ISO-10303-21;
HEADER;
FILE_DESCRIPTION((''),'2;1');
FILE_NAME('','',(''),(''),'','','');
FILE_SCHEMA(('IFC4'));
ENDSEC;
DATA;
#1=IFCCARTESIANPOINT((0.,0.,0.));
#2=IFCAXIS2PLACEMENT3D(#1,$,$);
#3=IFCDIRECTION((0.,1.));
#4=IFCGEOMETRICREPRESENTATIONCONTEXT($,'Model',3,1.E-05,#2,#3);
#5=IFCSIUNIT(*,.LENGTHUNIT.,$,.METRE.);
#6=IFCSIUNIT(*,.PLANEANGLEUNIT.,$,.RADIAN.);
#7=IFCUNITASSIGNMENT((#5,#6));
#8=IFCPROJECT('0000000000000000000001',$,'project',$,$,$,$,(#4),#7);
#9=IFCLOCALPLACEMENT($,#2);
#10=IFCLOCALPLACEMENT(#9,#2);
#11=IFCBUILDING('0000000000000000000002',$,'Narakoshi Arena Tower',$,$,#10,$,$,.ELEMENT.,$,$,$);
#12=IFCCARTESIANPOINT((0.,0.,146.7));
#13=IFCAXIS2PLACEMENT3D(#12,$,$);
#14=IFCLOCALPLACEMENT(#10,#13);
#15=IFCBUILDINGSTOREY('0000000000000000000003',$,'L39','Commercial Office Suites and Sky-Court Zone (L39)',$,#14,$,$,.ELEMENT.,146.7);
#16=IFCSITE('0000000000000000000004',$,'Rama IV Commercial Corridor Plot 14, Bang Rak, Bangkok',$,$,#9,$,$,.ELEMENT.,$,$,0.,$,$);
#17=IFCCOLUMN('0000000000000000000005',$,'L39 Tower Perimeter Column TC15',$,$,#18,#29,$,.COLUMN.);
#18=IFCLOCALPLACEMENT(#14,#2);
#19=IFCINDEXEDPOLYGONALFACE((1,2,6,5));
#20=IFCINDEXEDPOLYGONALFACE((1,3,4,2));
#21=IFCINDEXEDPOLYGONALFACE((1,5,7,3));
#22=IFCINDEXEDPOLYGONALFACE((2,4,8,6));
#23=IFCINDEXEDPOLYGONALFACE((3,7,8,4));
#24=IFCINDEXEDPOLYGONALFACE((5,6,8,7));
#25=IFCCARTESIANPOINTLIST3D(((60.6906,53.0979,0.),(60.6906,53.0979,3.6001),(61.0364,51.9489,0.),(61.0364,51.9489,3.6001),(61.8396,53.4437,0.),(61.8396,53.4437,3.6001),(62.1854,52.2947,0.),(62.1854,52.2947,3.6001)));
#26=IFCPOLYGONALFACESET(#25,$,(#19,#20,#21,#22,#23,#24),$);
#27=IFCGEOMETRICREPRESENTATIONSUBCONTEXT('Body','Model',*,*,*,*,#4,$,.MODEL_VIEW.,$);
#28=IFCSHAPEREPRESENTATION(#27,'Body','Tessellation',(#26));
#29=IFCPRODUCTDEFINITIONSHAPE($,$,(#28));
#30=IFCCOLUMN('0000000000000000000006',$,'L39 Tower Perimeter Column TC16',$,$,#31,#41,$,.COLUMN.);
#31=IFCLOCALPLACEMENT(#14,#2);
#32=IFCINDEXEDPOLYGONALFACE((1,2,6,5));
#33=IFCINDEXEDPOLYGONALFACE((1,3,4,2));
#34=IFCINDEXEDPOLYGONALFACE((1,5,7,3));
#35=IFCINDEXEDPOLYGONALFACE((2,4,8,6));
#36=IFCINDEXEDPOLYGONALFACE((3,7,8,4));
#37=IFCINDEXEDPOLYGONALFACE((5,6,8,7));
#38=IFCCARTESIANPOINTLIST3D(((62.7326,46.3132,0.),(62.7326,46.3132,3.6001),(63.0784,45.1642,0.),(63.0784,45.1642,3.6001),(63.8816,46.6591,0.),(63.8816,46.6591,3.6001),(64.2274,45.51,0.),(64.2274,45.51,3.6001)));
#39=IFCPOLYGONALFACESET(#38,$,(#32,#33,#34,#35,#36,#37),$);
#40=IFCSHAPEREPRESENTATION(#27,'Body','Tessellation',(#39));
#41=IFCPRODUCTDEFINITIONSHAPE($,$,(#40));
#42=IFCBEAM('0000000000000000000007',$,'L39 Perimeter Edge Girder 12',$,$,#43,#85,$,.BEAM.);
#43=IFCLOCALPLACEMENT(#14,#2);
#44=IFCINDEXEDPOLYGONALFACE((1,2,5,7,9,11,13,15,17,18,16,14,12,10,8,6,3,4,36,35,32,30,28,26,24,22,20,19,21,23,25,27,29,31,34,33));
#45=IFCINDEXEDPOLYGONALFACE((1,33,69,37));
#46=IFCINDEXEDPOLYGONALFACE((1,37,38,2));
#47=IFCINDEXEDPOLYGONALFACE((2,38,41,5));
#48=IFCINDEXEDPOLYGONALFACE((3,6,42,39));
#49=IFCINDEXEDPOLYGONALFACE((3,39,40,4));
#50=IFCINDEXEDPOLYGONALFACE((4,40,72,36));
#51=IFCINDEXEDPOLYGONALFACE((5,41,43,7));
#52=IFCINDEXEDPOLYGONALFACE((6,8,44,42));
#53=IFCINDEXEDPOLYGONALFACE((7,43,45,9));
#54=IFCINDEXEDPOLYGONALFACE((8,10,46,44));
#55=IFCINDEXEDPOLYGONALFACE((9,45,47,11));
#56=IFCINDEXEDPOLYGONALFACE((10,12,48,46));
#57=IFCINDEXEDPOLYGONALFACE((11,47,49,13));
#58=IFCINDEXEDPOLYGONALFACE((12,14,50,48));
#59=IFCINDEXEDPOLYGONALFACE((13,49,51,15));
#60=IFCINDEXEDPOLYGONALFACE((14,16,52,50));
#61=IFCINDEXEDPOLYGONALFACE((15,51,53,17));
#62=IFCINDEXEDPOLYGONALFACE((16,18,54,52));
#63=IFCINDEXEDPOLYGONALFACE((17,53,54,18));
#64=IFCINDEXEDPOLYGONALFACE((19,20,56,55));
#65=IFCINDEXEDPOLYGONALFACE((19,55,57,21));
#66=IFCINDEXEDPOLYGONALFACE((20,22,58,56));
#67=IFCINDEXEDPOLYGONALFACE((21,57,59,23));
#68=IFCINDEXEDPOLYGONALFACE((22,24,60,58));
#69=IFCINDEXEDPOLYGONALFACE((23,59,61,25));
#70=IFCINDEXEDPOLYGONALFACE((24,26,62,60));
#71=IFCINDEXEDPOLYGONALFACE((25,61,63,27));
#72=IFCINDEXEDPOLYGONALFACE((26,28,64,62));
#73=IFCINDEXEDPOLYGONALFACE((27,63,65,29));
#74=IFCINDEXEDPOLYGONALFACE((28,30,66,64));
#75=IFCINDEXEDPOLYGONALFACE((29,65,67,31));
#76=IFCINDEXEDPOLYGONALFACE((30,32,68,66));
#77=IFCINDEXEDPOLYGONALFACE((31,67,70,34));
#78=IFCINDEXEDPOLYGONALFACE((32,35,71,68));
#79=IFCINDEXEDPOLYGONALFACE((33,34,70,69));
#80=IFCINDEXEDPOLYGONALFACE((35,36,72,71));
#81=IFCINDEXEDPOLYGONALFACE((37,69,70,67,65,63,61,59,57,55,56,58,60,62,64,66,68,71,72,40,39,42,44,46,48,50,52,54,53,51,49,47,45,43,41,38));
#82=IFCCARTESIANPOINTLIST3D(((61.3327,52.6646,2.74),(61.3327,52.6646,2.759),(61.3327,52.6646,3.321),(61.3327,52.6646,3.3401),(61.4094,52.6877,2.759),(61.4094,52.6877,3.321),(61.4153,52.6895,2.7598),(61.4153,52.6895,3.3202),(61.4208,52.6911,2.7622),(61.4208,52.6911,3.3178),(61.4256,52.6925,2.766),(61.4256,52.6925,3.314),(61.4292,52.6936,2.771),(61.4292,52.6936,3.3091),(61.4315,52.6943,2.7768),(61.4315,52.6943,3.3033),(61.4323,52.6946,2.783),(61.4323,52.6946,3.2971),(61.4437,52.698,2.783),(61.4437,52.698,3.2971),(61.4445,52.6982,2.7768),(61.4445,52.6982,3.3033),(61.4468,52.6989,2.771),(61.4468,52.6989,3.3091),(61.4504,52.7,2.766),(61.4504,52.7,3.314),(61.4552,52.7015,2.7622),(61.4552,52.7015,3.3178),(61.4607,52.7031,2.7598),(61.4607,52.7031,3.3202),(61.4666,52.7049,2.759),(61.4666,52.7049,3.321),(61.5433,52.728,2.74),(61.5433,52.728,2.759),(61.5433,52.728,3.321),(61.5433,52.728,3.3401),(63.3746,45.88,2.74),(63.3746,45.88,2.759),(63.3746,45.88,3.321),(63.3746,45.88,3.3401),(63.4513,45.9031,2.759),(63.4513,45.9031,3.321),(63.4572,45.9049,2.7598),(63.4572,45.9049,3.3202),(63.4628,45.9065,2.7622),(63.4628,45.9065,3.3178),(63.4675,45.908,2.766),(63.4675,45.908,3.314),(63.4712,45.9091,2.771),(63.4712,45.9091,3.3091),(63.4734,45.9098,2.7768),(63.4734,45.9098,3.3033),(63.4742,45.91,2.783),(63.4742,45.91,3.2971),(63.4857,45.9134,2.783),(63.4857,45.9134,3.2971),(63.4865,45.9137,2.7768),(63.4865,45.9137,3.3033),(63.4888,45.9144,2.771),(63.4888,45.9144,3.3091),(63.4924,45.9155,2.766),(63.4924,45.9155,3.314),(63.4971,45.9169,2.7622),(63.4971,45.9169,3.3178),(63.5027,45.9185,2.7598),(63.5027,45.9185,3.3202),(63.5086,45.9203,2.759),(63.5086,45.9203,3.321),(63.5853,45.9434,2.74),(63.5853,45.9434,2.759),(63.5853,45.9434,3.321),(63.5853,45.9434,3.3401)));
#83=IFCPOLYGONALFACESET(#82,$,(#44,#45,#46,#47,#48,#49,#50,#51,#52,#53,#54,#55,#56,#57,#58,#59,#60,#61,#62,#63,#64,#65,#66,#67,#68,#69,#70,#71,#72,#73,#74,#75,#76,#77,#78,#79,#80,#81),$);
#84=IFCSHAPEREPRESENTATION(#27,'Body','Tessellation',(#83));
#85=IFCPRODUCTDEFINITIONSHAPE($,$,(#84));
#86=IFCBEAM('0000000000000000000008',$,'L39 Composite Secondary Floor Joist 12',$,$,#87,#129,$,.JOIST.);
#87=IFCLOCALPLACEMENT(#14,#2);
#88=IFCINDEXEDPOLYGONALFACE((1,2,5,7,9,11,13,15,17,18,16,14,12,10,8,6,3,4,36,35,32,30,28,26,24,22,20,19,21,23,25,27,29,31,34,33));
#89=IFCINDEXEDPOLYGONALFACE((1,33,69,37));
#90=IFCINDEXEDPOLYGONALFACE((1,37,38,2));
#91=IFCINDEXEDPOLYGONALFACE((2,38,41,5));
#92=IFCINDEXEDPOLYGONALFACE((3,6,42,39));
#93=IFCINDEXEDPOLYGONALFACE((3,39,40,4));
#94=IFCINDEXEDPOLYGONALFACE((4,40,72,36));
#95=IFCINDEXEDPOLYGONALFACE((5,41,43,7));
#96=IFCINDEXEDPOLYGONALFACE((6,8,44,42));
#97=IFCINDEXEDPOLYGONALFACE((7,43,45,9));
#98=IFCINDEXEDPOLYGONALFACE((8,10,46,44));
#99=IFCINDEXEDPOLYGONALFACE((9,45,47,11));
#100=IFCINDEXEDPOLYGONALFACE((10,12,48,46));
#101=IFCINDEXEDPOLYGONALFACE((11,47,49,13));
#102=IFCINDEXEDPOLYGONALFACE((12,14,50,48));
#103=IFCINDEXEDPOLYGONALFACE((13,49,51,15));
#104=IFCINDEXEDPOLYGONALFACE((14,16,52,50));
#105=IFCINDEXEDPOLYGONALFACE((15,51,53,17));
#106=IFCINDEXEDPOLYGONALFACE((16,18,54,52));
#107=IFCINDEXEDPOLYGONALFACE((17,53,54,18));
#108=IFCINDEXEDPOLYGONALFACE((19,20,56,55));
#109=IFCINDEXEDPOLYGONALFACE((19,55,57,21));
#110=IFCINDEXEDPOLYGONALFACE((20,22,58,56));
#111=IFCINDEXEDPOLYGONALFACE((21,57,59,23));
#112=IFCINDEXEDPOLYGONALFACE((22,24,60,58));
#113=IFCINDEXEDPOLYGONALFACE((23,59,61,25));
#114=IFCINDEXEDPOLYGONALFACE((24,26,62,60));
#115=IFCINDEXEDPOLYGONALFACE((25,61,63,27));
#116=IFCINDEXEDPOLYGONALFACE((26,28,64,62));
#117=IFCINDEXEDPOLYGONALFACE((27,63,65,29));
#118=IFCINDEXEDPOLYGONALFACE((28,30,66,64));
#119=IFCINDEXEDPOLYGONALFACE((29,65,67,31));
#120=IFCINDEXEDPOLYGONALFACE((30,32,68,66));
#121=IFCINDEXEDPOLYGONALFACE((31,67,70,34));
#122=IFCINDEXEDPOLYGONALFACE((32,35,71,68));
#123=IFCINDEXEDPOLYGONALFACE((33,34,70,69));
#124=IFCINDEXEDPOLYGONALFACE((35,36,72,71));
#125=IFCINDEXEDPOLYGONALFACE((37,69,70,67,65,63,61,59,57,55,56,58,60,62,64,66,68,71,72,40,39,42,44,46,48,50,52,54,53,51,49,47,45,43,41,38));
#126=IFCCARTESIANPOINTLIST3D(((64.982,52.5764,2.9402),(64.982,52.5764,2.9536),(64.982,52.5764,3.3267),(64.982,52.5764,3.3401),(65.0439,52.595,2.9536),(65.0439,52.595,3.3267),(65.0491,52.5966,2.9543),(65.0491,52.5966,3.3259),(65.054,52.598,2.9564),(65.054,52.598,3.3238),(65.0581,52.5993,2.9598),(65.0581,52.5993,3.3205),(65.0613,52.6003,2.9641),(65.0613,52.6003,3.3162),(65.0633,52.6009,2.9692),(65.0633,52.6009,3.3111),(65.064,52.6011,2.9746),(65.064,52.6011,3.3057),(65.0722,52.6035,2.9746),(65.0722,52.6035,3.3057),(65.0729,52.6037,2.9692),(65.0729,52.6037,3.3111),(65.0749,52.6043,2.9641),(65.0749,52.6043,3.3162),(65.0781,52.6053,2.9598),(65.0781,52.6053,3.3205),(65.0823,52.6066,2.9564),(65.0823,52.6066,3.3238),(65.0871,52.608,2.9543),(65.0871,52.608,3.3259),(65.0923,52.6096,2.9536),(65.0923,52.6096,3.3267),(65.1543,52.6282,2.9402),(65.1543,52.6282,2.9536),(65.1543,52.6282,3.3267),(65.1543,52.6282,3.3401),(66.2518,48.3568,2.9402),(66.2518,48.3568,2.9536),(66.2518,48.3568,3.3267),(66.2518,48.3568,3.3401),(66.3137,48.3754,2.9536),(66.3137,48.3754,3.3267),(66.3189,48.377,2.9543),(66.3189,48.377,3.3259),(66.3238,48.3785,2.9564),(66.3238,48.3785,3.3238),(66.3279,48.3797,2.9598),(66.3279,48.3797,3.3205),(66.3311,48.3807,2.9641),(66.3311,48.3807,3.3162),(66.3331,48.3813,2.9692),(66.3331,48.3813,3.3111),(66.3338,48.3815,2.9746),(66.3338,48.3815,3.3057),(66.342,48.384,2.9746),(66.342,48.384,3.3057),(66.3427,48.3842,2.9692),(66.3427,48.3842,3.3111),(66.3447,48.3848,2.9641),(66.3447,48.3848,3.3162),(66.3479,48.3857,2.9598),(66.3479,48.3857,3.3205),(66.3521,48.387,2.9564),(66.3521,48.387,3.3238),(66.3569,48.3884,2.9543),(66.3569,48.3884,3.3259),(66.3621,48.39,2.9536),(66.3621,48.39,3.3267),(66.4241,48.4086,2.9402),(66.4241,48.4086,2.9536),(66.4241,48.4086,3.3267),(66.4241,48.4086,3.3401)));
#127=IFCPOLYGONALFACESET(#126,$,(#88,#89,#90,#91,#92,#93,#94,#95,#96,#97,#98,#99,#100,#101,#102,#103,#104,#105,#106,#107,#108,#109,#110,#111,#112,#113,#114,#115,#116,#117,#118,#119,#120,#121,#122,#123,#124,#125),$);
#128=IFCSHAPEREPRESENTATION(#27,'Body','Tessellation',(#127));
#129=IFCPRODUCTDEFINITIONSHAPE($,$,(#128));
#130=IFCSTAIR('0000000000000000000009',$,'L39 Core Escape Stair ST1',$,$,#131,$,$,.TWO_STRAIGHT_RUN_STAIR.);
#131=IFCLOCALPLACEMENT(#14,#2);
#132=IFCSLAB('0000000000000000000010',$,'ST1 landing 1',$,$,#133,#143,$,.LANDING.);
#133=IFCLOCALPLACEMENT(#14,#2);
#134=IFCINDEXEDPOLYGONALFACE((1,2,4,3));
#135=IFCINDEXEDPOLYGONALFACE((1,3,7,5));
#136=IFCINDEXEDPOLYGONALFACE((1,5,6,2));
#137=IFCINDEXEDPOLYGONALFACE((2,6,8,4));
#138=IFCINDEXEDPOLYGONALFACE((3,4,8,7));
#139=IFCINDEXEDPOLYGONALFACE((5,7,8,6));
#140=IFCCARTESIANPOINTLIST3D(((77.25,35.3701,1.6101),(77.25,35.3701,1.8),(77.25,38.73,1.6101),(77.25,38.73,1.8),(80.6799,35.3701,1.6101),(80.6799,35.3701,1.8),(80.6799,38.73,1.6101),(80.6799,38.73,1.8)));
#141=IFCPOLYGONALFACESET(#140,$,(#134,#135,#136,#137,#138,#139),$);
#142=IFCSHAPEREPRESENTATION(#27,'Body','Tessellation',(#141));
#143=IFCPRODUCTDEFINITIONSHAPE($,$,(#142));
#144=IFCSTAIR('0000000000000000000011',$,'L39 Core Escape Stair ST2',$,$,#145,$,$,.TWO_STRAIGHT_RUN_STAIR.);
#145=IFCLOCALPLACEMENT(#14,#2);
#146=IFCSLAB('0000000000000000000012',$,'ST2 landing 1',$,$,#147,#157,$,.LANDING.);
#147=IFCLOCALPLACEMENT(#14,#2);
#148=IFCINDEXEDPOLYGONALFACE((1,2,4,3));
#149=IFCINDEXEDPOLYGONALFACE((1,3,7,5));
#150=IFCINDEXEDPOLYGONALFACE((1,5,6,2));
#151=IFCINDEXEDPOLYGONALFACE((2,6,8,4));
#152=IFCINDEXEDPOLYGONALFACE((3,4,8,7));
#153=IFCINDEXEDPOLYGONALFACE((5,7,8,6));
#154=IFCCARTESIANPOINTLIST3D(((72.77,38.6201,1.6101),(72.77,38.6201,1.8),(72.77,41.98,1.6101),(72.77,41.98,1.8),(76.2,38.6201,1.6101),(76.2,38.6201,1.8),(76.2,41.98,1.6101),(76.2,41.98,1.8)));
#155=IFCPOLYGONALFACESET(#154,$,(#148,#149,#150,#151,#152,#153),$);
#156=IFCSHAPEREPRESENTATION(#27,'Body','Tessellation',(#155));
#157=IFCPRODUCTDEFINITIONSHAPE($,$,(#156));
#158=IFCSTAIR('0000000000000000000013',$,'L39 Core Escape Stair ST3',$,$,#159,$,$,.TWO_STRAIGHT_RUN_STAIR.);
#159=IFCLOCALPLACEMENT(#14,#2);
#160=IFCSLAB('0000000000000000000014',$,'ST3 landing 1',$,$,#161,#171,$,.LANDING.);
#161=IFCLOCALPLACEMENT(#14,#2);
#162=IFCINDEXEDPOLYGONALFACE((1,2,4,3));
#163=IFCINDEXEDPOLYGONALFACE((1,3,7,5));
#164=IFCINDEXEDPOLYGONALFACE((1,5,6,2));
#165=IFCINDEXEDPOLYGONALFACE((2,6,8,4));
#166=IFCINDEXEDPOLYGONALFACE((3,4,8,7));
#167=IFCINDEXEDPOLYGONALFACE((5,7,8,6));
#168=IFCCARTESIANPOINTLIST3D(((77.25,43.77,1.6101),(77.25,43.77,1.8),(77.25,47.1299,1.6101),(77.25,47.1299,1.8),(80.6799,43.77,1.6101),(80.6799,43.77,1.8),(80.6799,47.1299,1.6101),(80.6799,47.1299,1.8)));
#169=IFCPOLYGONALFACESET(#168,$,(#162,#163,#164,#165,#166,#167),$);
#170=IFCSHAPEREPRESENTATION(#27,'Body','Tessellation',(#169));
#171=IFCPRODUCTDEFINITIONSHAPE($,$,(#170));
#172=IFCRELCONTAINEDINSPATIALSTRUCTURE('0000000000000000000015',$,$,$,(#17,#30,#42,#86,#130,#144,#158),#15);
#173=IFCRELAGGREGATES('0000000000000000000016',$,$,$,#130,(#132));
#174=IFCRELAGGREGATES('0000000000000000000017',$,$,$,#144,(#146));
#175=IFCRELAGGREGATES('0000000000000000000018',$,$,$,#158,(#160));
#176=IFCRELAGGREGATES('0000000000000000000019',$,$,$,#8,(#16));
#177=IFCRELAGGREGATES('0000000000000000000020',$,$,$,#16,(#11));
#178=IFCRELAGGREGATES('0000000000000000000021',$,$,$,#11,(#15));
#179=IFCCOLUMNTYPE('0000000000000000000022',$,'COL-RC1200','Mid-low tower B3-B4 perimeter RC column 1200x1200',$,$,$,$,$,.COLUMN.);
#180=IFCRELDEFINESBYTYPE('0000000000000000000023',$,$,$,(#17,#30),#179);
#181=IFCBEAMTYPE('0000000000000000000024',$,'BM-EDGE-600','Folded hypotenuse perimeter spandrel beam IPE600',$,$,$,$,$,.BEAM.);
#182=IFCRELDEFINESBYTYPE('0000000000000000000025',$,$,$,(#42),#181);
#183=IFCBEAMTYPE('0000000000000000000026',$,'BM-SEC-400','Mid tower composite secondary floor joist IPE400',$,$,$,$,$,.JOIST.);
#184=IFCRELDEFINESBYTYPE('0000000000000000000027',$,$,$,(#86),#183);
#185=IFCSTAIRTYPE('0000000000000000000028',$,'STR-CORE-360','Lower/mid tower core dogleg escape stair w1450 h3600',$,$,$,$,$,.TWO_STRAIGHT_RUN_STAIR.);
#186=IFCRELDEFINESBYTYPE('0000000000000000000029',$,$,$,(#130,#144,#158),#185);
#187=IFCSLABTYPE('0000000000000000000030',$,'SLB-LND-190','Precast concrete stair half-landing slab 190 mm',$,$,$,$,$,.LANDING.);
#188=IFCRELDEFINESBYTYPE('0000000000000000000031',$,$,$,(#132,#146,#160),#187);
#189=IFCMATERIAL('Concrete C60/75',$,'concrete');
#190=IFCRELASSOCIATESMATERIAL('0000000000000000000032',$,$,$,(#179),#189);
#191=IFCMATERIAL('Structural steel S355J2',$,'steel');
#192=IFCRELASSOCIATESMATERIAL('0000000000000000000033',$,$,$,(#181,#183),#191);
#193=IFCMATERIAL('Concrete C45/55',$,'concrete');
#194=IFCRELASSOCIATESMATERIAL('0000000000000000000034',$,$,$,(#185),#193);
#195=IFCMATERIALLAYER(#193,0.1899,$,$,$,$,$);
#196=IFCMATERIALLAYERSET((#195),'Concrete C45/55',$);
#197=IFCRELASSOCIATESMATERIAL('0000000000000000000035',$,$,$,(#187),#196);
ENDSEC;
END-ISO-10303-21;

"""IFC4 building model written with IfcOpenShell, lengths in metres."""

from ifc_helpers import new_model, si_unit, direction, frame, origin, origin_2d, place, context, subcontext, project, spatial, polyline, rectangle, i_section, outline, extrude, material, layer, layer_set, material_profile, profile_set, type_object, element, aggregate, save


model = new_model("IFC4")

# Units and contexts
model_context = context("Model", 3, precision=1e-05, world=origin(), true_north=direction((0.0, 1.0)))
body_context = subcontext(model_context, "Body", "Model", "MODEL_VIEW")
ifc_project = project(units=[si_unit("LENGTHUNIT", "METRE"), si_unit("PLANEANGLEUNIT", "RADIAN")], contexts=[model_context])

# Site, building, storey
site_placement = place(None, origin())
site = spatial("IfcSite", under=ifc_project, at=site_placement, Name="Rama IV Commercial Corridor Plot 14, Bang Rak, Bangkok", CompositionType="ELEMENT", RefElevation=0.0)
building_placement = place(site_placement, origin())
building = spatial("IfcBuilding", under=site, at=building_placement, Name="Narakoshi Arena Tower", CompositionType="ELEMENT")
storey_placement = place(building_placement, frame((0.0, 0.0, 146.7)))
storey = spatial("IfcBuildingStorey", under=building, at=storey_placement, Name="L39", Description="Commercial Office Suites and Sky-Court Zone (L39)", CompositionType="ELEMENT", Elevation=146.7)

# Columns
ifc_material_1 = material(Name="Concrete C60/75", Category="concrete")
ifc_material_profile_1 = material_profile(ifc_material_1, rectangle(XDim=1.2, YDim=1.2, at=origin_2d()), Name="RC1200x1200")
ifc_profile_set_1 = profile_set([ifc_material_profile_1], Name="Concrete C60/75")
column_type = type_object("IfcColumnType", Name="COL-RC1200", Description="Mid-low tower B3-B4 perimeter RC column 1200x1200", PredefinedType="COLUMN", material=ifc_profile_set_1)
for number, where, z_axis, x_axis, name in (
    (1, (61.438, 52.6963, 0.0), (0.0, 0.0, 1.0), (-0.288196, 0.957571, 0.0), "L39 Tower Perimeter Column TC15"),
    (2, (63.48, 45.9116, 0.0), (0.0, 0.0, 1.0), (-0.288196, 0.957571, 0.0), "L39 Tower Perimeter Column TC16"),
):
    element("IfcColumn", number, at=place(storey_placement, frame(where, z_axis=z_axis, x_axis=x_axis)), inside=storey, type_object=column_type, Name=name, PredefinedType="COLUMN", context=body_context, shape_type="SweptSolid", body=[
        extrude(rectangle(XDim=1.2, YDim=1.2, at=origin_2d()), origin(), (0.0, 0.0, 1.0), 3.6001),
    ])

# Beams
ifc_material_2 = material(Name="Structural steel S355J2", Category="steel")
ifc_material_profile_2 = material_profile(ifc_material_2, i_section(OverallWidth=0.22, OverallDepth=0.6001, WebThickness=0.012, FlangeThickness=0.019, FilletRadius=0.0239, at=origin_2d()), Name="IPE600")
ifc_profile_set_2 = profile_set([ifc_material_profile_2], Name="Structural steel S355J2")
beam_type_1 = type_object("IfcBeamType", Name="BM-EDGE-600", Description="Folded hypotenuse perimeter spandrel beam IPE600", PredefinedType="BEAM", material=ifc_profile_set_2)
beam_1_placement = place(storey_placement, frame((61.438, 52.6963, 3.04), z_axis=(0.288201, -0.95757, 0.0), x_axis=(0.95757, 0.288201, 0.0)))
element("IfcBeam", 3, at=beam_1_placement, inside=storey, type_object=beam_type_1, Name="L39 Perimeter Edge Girder 12", PredefinedType="BEAM", context=body_context, shape_type="SweptSolid", body=[
    extrude(i_section(OverallWidth=0.22, OverallDepth=0.6001, WebThickness=0.012, FlangeThickness=0.019, FilletRadius=0.0239, at=origin_2d()), origin(), (0.0, 0.0, 1.0), 7.0852),
])
ifc_material_profile_3 = material_profile(ifc_material_2, i_section(OverallWidth=0.1799, OverallDepth=0.3999, WebThickness=0.0085, FlangeThickness=0.0134, FilletRadius=0.021, at=origin_2d()), Name="IPE400")
ifc_profile_set_3 = profile_set([ifc_material_profile_3], Name="Structural steel S355J2")
beam_type_2 = type_object("IfcBeamType", Name="BM-SEC-400", Description="Mid tower composite secondary floor joist IPE400", PredefinedType="JOIST", material=ifc_profile_set_3)
beam_2_placement = place(storey_placement, frame((65.0681, 52.6023, 3.1401), z_axis=(0.288166, -0.95758, 0.0), x_axis=(0.95758, 0.288166, 0.0)))
element("IfcBeam", 4, at=beam_2_placement, inside=storey, type_object=beam_type_2, Name="L39 Composite Secondary Floor Joist 12", PredefinedType="JOIST", context=body_context, shape_type="SweptSolid", body=[
    extrude(i_section(OverallWidth=0.1799, OverallDepth=0.3999, WebThickness=0.0085, FlangeThickness=0.0134, FilletRadius=0.021, at=origin_2d()), origin(), (0.0, 0.0, 1.0), 4.4065),
])

# Stairs, slabs
ifc_material_3 = material(Name="Concrete C45/55", Category="concrete")
stair_type = type_object("IfcStairType", Name="STR-CORE-360", Description="Lower/mid tower core dogleg escape stair w1450 h3600", PredefinedType="TWO_STRAIGHT_RUN_STAIR", material=ifc_material_3)
stair_1_placement = place(storey_placement, origin())
stair_1 = element("IfcStair", 5, at=stair_1_placement, inside=storey, type_object=stair_type, Name="L39 Core Escape Stair ST1", PredefinedType="TWO_STRAIGHT_RUN_STAIR")
ifc_layer_1 = layer(ifc_material_3, 0.1899)
ifc_layer_set_1 = layer_set([ifc_layer_1], Name="Concrete C45/55")
slab_type_1 = type_object("IfcSlabType", Name="SLB-LND-190", Description="Precast concrete stair half-landing slab 190 mm", PredefinedType="LANDING", material=ifc_layer_set_1)
slab_1_placement = place(storey_placement, frame((0.0, 0.0, 1.6101)))
slab_1 = element("IfcSlab", 6, at=slab_1_placement, type_object=slab_type_1, Name="ST1 landing 1", PredefinedType="LANDING", context=body_context, shape_type="SweptSolid", body=[
    extrude(outline(polyline([(77.25, 35.3701), (80.6799, 35.3701), (80.6799, 38.73), (77.25, 38.73), (77.25, 35.3701)])), origin(), (0.0, 0.0, 1.0), 0.1899),
])
aggregate(stair_1, [slab_1])
stair_2_placement = place(storey_placement, origin())
stair_2 = element("IfcStair", 7, at=stair_2_placement, inside=storey, type_object=stair_type, Name="L39 Core Escape Stair ST2", PredefinedType="TWO_STRAIGHT_RUN_STAIR")
slab_2_placement = place(storey_placement, frame((0.0, 0.0, 1.6101)))
slab_2 = element("IfcSlab", 8, at=slab_2_placement, type_object=slab_type_1, Name="ST2 landing 1", PredefinedType="LANDING", context=body_context, shape_type="SweptSolid", body=[
    extrude(outline(polyline([(72.77, 38.6201), (76.2, 38.6201), (76.2, 41.98), (72.77, 41.98), (72.77, 38.6201)])), origin(), (0.0, 0.0, 1.0), 0.1899),
])
aggregate(stair_2, [slab_2])
stair_3_placement = place(storey_placement, origin())
stair_3 = element("IfcStair", 9, at=stair_3_placement, inside=storey, type_object=stair_type, Name="L39 Core Escape Stair ST3", PredefinedType="TWO_STRAIGHT_RUN_STAIR")
slab_3_placement = place(storey_placement, frame((0.0, 0.0, 1.6101)))
slab_3 = element("IfcSlab", 10, at=slab_3_placement, type_object=slab_type_1, Name="ST3 landing 1", PredefinedType="LANDING", context=body_context, shape_type="SweptSolid", body=[
    extrude(outline(polyline([(77.25, 43.77), (80.6799, 43.77), (80.6799, 47.1299), (77.25, 47.1299), (77.25, 43.77)])), origin(), (0.0, 0.0, 1.0), 0.1899),
])
aggregate(stair_3, [slab_3])

save(model, "model.ifc")
